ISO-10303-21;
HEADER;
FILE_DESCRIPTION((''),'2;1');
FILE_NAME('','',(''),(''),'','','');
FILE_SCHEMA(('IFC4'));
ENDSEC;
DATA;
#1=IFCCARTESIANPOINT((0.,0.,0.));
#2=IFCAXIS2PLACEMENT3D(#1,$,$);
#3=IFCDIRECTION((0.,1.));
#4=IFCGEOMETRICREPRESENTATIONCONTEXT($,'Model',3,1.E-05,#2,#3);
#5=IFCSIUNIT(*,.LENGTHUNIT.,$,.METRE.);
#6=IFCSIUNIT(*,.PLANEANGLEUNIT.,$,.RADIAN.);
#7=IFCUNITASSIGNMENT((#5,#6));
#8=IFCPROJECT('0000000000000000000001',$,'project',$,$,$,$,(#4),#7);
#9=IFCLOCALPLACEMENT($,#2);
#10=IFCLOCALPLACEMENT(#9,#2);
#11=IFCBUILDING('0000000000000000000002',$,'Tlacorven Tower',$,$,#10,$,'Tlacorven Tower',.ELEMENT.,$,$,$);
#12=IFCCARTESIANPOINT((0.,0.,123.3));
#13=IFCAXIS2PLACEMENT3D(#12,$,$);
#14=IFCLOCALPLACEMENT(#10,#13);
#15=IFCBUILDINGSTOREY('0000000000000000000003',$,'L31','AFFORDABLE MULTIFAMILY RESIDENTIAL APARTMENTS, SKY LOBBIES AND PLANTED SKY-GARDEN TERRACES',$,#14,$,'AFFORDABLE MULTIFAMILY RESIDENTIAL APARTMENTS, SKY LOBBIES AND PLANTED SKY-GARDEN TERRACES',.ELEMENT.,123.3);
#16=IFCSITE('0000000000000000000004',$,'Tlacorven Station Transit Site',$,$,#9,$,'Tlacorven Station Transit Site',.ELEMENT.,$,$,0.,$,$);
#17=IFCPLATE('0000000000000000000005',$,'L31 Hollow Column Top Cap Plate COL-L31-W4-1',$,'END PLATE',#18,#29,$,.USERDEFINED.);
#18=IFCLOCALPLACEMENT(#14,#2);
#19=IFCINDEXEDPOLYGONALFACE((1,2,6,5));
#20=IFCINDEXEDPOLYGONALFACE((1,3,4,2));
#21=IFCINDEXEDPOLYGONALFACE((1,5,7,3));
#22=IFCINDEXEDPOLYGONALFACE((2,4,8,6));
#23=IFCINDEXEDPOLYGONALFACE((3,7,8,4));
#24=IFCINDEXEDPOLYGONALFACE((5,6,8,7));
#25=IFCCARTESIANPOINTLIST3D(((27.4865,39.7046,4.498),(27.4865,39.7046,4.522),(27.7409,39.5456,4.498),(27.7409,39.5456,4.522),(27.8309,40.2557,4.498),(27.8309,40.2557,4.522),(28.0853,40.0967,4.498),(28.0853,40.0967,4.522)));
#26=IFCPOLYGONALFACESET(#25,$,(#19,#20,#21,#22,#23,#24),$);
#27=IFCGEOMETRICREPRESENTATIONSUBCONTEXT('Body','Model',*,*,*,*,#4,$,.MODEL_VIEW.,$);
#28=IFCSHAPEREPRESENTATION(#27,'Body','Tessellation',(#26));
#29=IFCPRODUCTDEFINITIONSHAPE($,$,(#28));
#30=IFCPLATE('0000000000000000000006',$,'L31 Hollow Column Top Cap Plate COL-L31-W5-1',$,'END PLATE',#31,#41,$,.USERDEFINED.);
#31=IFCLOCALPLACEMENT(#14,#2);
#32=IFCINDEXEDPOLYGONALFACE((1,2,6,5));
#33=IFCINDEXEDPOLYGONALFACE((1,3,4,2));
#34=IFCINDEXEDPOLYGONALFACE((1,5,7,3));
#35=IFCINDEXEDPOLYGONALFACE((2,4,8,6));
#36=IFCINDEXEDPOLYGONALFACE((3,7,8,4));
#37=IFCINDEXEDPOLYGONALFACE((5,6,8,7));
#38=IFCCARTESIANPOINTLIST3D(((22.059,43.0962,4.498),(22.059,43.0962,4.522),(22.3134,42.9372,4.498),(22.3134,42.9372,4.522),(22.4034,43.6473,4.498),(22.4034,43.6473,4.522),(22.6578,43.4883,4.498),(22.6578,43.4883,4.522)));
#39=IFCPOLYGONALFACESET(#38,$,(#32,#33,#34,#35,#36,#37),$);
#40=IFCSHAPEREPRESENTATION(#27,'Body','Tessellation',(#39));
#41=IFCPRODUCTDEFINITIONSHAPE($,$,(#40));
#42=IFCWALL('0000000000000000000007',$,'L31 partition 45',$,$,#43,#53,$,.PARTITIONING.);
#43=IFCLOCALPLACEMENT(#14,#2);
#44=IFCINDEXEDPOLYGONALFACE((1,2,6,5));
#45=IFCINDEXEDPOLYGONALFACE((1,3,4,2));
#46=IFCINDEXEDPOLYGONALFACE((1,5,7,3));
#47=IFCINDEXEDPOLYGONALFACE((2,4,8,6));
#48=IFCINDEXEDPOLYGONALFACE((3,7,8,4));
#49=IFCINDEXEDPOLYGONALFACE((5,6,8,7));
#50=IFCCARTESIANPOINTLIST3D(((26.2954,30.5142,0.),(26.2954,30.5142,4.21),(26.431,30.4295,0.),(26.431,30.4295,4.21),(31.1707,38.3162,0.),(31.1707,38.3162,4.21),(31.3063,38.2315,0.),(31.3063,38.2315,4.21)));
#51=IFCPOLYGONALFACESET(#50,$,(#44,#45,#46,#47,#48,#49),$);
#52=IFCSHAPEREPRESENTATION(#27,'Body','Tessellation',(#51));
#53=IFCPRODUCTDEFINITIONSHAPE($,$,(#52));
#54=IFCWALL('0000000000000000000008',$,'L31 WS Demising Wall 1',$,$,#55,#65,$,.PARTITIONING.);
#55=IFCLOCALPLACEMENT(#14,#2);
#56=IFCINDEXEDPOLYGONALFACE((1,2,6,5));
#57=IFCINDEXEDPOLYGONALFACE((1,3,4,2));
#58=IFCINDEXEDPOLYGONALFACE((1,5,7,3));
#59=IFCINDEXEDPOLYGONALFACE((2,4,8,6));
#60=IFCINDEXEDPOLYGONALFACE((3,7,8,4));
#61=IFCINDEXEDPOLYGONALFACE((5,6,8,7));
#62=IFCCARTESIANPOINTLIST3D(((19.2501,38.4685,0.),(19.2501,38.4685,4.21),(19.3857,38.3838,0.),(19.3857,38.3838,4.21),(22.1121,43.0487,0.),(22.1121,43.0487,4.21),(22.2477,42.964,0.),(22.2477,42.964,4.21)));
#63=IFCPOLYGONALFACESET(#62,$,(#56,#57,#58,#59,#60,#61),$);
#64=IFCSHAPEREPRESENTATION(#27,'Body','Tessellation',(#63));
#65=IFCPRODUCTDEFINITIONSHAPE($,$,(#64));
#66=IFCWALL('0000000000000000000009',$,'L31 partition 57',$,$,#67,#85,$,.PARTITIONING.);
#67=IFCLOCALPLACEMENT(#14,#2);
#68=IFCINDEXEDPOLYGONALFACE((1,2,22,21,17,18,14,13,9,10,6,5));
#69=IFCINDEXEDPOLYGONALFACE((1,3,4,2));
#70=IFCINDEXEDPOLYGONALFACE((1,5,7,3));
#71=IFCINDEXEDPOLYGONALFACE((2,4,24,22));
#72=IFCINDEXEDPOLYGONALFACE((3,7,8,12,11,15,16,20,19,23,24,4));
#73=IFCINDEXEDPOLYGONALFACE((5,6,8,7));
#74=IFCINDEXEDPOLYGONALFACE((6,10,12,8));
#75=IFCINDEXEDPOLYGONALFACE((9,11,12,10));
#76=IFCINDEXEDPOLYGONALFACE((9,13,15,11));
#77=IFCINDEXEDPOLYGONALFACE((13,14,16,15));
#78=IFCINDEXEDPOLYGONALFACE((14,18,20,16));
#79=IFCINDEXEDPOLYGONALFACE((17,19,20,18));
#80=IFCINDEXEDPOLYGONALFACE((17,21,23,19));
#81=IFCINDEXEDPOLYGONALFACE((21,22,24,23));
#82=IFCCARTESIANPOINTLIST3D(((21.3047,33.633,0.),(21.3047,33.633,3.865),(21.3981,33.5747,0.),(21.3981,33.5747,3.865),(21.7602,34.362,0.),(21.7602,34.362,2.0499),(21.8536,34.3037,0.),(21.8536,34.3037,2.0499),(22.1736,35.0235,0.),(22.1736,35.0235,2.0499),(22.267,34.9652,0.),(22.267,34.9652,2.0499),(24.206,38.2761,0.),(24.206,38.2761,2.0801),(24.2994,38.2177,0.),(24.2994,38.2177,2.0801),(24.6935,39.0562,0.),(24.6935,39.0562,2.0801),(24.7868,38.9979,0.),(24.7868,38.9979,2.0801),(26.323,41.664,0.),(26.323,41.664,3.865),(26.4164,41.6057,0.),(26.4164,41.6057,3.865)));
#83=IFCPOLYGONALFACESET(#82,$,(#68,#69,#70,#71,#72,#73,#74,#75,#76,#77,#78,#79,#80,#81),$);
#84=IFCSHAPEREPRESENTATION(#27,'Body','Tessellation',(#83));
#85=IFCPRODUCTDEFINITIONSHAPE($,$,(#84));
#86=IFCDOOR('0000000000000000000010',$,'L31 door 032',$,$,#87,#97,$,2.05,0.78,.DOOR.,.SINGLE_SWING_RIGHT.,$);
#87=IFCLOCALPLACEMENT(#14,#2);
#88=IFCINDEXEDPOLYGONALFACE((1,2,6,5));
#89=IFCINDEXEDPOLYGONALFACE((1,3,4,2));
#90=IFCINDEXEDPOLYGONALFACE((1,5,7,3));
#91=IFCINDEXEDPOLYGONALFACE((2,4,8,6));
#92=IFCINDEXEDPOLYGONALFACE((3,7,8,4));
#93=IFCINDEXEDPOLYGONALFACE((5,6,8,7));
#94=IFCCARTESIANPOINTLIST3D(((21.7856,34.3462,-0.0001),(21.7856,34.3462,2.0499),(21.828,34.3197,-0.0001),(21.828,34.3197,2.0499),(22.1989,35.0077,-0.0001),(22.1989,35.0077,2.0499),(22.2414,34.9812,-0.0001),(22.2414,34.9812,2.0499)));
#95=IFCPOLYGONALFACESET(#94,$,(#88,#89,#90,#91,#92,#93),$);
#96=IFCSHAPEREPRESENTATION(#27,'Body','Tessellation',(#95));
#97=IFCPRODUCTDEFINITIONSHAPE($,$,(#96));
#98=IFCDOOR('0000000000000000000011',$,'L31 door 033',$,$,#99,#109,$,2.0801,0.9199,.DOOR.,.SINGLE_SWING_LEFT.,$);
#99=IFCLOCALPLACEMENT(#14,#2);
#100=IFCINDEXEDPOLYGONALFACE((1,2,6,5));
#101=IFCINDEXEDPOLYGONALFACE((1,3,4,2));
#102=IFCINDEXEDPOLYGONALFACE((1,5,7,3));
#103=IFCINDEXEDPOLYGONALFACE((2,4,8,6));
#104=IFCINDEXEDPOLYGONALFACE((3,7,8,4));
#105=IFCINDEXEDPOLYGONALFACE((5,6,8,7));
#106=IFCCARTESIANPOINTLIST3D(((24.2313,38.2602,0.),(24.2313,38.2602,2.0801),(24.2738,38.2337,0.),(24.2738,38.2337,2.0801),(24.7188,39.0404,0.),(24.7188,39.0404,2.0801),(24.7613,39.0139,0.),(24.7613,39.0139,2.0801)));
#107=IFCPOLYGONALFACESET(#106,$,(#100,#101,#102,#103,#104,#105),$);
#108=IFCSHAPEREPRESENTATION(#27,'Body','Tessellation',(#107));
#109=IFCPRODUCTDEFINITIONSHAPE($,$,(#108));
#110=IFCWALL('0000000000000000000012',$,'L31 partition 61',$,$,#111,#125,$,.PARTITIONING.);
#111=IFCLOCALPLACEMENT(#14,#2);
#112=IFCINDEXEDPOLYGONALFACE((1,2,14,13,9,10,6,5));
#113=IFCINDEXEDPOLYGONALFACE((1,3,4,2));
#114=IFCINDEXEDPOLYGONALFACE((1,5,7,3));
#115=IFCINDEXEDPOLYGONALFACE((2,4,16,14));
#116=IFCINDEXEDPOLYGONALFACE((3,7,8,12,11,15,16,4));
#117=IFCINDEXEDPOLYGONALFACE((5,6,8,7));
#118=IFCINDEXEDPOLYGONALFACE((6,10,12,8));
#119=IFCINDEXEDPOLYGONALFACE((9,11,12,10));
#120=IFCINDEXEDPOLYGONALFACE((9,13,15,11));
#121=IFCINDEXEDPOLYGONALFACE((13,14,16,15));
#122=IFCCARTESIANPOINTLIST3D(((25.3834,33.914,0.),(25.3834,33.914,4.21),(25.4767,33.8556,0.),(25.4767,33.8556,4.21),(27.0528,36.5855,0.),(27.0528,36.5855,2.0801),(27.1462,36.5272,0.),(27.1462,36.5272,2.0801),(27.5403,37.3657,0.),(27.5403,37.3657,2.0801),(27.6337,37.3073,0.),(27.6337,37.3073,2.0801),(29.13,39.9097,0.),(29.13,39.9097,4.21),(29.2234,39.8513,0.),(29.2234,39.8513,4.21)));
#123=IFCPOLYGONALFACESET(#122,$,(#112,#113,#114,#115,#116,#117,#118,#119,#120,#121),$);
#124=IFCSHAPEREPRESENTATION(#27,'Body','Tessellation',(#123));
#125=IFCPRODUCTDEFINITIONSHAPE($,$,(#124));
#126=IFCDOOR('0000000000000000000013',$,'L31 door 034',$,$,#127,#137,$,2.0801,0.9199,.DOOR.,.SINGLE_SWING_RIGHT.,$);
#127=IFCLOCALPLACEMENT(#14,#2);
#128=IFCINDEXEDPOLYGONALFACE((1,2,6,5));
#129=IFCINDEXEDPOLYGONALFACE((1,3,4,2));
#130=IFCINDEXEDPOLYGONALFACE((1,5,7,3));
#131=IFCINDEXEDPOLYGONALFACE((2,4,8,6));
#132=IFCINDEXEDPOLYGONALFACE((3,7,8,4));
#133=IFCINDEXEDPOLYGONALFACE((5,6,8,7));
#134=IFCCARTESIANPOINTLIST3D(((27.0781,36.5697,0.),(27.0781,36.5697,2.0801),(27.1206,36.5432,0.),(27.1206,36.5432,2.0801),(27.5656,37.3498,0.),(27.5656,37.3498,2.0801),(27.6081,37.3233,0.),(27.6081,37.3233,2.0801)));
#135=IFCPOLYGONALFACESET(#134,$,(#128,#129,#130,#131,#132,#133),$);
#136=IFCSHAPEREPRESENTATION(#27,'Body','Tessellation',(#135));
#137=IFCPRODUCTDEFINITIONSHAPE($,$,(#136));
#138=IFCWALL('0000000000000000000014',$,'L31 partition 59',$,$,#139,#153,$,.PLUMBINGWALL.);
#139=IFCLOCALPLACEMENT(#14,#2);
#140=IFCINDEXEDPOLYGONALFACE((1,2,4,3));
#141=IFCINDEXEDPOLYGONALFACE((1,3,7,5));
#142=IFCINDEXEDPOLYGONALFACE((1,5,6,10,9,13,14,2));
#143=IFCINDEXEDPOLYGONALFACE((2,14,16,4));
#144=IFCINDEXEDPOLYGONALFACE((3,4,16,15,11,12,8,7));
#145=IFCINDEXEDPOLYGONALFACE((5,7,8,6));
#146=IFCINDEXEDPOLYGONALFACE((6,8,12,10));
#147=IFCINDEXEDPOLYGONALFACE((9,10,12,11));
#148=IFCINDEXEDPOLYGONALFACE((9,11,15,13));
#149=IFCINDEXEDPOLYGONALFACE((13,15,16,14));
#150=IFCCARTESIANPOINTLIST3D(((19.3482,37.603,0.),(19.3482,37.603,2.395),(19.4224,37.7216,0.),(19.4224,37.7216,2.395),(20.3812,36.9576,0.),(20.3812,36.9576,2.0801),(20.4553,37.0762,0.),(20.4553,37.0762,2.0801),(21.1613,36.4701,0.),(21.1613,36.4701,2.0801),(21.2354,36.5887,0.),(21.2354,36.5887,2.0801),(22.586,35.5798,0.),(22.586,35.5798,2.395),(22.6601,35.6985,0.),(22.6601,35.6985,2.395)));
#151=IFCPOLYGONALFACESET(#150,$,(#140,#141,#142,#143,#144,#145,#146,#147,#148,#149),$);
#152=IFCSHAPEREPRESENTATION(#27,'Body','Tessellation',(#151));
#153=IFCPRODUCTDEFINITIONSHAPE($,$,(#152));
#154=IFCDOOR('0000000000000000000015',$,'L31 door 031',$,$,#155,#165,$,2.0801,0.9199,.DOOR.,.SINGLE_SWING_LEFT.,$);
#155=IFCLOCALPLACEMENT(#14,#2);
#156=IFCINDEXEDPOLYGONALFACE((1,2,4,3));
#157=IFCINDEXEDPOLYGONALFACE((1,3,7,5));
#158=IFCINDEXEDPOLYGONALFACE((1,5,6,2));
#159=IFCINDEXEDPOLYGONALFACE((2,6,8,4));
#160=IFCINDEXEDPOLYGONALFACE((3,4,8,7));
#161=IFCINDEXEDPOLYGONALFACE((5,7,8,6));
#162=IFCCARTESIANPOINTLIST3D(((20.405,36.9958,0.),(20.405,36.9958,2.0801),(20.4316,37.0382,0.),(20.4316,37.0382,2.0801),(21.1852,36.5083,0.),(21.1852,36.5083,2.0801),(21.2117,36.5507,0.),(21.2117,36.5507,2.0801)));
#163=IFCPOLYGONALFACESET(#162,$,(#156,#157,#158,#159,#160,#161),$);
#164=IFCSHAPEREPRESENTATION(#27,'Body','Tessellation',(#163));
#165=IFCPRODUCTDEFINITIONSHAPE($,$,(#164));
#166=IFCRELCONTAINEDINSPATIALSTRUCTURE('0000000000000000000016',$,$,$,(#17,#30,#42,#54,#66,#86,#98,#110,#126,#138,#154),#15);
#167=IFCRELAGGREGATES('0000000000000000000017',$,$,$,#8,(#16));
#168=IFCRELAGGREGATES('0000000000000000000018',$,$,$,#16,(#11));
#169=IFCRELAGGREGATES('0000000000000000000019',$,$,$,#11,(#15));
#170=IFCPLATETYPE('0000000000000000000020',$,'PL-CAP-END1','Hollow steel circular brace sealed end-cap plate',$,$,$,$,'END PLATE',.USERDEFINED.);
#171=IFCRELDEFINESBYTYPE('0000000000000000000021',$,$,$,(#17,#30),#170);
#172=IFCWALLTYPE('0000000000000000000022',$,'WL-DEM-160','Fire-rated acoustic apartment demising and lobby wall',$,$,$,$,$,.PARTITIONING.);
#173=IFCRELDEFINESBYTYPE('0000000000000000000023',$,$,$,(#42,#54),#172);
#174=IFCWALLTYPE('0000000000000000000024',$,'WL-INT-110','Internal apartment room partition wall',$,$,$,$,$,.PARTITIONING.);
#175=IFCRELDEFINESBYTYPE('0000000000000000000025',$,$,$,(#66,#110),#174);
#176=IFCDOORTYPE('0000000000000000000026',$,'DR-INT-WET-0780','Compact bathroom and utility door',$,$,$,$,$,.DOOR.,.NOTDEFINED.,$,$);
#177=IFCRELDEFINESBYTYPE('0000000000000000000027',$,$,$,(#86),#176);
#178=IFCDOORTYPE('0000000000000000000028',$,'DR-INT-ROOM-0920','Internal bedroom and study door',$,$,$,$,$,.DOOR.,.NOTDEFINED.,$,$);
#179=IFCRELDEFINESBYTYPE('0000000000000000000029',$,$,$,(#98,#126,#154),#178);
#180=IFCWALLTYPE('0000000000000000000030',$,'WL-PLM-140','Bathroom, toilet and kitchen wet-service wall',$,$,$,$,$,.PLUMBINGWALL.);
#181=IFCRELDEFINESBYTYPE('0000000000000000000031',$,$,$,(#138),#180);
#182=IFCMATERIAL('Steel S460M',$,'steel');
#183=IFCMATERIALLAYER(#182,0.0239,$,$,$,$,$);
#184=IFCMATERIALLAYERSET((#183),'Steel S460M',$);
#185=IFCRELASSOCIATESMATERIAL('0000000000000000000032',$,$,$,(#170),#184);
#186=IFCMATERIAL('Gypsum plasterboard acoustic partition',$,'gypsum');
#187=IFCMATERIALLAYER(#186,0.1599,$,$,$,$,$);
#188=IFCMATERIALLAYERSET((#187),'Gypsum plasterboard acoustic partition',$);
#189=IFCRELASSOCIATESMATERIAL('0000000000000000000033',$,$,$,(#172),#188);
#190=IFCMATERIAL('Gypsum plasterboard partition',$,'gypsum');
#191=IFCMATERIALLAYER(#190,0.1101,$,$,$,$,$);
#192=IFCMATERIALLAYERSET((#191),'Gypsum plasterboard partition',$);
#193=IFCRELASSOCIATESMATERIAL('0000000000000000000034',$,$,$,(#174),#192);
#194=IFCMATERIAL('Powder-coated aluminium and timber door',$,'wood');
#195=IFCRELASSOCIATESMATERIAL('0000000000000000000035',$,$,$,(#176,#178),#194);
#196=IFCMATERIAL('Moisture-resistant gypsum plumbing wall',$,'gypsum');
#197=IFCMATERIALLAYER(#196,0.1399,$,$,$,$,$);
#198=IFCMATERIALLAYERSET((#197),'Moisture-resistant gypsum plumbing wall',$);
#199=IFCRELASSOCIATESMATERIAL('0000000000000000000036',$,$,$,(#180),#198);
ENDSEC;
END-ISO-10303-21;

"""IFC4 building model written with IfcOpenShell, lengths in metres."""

from ifc_helpers import new_model, si_unit, direction, frame, frame_2d, origin, origin_2d, place, context, subcontext, project, spatial, rectangle, extrude, source, transform, mapped, material, layer, layer_set, type_object, element, fill, save


model = new_model("IFC4")

# Units and contexts
model_context = context("Model", 3, precision=1e-05, world=origin(), true_north=direction((0.0, 1.0)))
body_context = subcontext(model_context, "Body", "Model", "MODEL_VIEW")
ifc_project = project(units=[si_unit("LENGTHUNIT", "METRE"), si_unit("PLANEANGLEUNIT", "RADIAN")], contexts=[model_context])

# Site, building, storey
site_placement = place(None, origin())
site = spatial("IfcSite", under=ifc_project, at=site_placement, Name="Tlacorven Station Transit Site", LongName="Tlacorven Station Transit Site", CompositionType="ELEMENT", RefElevation=0.0)
building_placement = place(site_placement, origin())
building = spatial("IfcBuilding", under=site, at=building_placement, Name="Tlacorven Tower", LongName="Tlacorven Tower", CompositionType="ELEMENT")
storey_placement = place(building_placement, frame((0.0, 0.0, 123.3)))
storey = spatial("IfcBuildingStorey", under=building, at=storey_placement, Name="L31", Description="AFFORDABLE MULTIFAMILY RESIDENTIAL APARTMENTS, SKY LOBBIES AND PLANTED SKY-GARDEN TERRACES", LongName="AFFORDABLE MULTIFAMILY RESIDENTIAL APARTMENTS, SKY LOBBIES AND PLANTED SKY-GARDEN TERRACES", CompositionType="ELEMENT", Elevation=123.3)

# Shared definitions
ifc_material_1 = material(Name="Steel S460M", Category="steel")

# Plates
ifc_layer_1 = layer(ifc_material_1, 0.0239)
ifc_layer_set_1 = layer_set([ifc_layer_1], Name="Steel S460M")
plate_type = type_object("IfcPlateType", Name="PL-CAP-END1", Description="Hollow steel circular brace sealed end-cap plate", ElementType="END PLATE", PredefinedType="USERDEFINED", material=ifc_layer_set_1)
shared_shape_1 = source(origin(), body_context, "Body", "SweptSolid", [
    extrude(rectangle(XDim=0.3, YDim=0.6499, at=origin_2d()), origin(), (0.0, 0.0, 1.0), 0.0239),
])
for number, where, z_axis, x_axis, name in (
    (1, (27.7859, 39.9006, 4.498), (0.0, 0.0, 1.0), (-0.848048, 0.529919, 0.0), "L31 Hollow Column Top Cap Plate COL-L31-W4-1"),
    (2, (22.3584, 43.2922, 4.498), (0.0, 0.0, 1.0), (-0.848048, 0.529919, 0.0), "L31 Hollow Column Top Cap Plate COL-L31-W5-1"),
):
    element("IfcPlate", number, at=place(storey_placement, frame(where, z_axis=z_axis, x_axis=x_axis)), inside=storey, type_object=plate_type, Name=name, ObjectType="END PLATE", PredefinedType="USERDEFINED", context=body_context, shape_type="MappedRepresentation", body=[
        mapped(shared_shape_1, transform((0.0, 0.0, 0.0), scale=1.0)),
    ])

# Walls
ifc_material_2 = material(Name="Gypsum plasterboard acoustic partition", Category="gypsum")
ifc_layer_2 = layer(ifc_material_2, 0.1599)
ifc_layer_set_2 = layer_set([ifc_layer_2], Name="Gypsum plasterboard acoustic partition")
wall_type_1 = type_object("IfcWallType", Name="WL-DEM-160", Description="Fire-rated acoustic apartment demising and lobby wall", PredefinedType="PARTITIONING", material=ifc_layer_set_2)
wall_1_placement = place(storey_placement, frame((31.2385, 38.2739, 0.0), z_axis=(0.0, 0.0, 1.0), x_axis=(-0.52992, -0.848047, 0.0)))
element("IfcWall", 3, at=wall_1_placement, inside=storey, type_object=wall_type_1, Name="L31 partition 45", PredefinedType="PARTITIONING", context=body_context, shape_type="SweptSolid", body=[
    extrude(rectangle(XDim=9.2, YDim=0.1599, at=frame_2d((4.6001, 0.0))), origin(), (0.0, 0.0, 1.0), 4.21),
])
wall_2_placement = place(storey_placement, frame((22.1799, 43.0063, 0.0), z_axis=(0.0, 0.0, 1.0), x_axis=(-0.529914, -0.848052, 0.0)))
element("IfcWall", 4, at=wall_2_placement, inside=storey, type_object=wall_type_1, Name="L31 WS Demising Wall 1", PredefinedType="PARTITIONING", context=body_context, shape_type="SweptSolid", body=[
    extrude(rectangle(XDim=5.4009, YDim=0.1599, at=frame_2d((2.7004, 0.0))), origin(), (0.0, 0.0, 1.0), 4.21),
])

# Wall, openings, doors
ifc_material_3 = material(Name="Gypsum plasterboard partition", Category="gypsum")
ifc_layer_3 = layer(ifc_material_3, 0.1101)
ifc_layer_set_3 = layer_set([ifc_layer_3], Name="Gypsum plasterboard partition")
wall_type_2 = type_object("IfcWallType", Name="WL-INT-110", Description="Internal apartment room partition wall", PredefinedType="PARTITIONING", material=ifc_layer_set_3)
wall_3_placement = place(storey_placement, frame((26.3696, 41.6348, 0.0), z_axis=(0.0, 0.0, 1.0), x_axis=(-0.529918, -0.848049, 0.0)))
wall_3 = element("IfcWall", 5, at=wall_3_placement, inside=storey, type_object=wall_type_2, Name="L31 partition 57", PredefinedType="PARTITIONING", context=body_context, shape_type="SweptSolid", body=[
    extrude(rectangle(XDim=9.47, YDim=0.1101, at=frame_2d((4.7349, 0.0))), origin(), (0.0, 0.0, 1.0), 3.865),
])
opening_1_placement = place(wall_3_placement, frame((7.8301, 0.0, 0.0)))
opening_1 = element("IfcOpeningElement", 6, at=opening_1_placement, cuts=wall_3, PredefinedType="OPENING", context=body_context, shape_type="SweptSolid", body=[
    extrude(rectangle(XDim=0.78, YDim=2.05, at=frame_2d((0.3901, 1.0249))), frame((0.0, 0.0649, 0.0), z_axis=(0.0, -1.0, 0.0), x_axis=(1.0, 0.0, 0.0)), (0.0, 0.0, 1.0), 0.1301),
])
opening_2_placement = place(wall_3_placement, frame((3.075, 0.0, 0.0)))
opening_2 = element("IfcOpeningElement", 7, at=opening_2_placement, cuts=wall_3, PredefinedType="OPENING", context=body_context, shape_type="SweptSolid", body=[
    extrude(rectangle(XDim=0.9199, YDim=2.0801, at=frame_2d((0.46, 1.04))), frame((0.0, 0.0649, 0.0), z_axis=(0.0, -1.0, 0.0), x_axis=(1.0, 0.0, 0.0)), (0.0, 0.0, 1.0), 0.1301),
])
ifc_material_4 = material(Name="Powder-coated aluminium and timber door", Category="wood")
door_type_1 = type_object("IfcDoorType", Name="DR-INT-WET-0780", Description="Compact bathroom and utility door", OperationType="NOTDEFINED", PredefinedType="DOOR", material=ifc_material_4)
shared_shape_2 = source(origin(), body_context, "Body", "SweptSolid", [
    extrude(rectangle(XDim=0.78, YDim=2.05, at=frame_2d((0.3901, 1.0249))), frame((0.0, 0.0249, 0.0), z_axis=(0.0, -1.0, 0.0), x_axis=(1.0, 0.0, 0.0)), (0.0, 0.0, 1.0), 0.05),
])
door_1_placement = place(opening_1_placement, origin())
door_1 = element("IfcDoor", 8, at=door_1_placement, inside=storey, type_object=door_type_1, Name="L31 door 032", OperationType="SINGLE_SWING_RIGHT", OverallHeight=2.05, OverallWidth=0.78, PredefinedType="DOOR", context=body_context, shape_type="MappedRepresentation", body=[
    mapped(shared_shape_2, transform((0.0, 0.0, 0.0), scale=1.0)),
])
fill(opening_1, door_1)
door_type_2 = type_object("IfcDoorType", Name="DR-INT-ROOM-0920", Description="Internal bedroom and study door", OperationType="NOTDEFINED", PredefinedType="DOOR", material=ifc_material_4)
shared_shape_3 = source(origin(), body_context, "Body", "SweptSolid", [
    extrude(rectangle(XDim=0.9199, YDim=2.0801, at=frame_2d((0.46, 1.04))), frame((0.0, 0.0249, 0.0), z_axis=(0.0, -1.0, 0.0), x_axis=(1.0, 0.0, 0.0)), (0.0, 0.0, 1.0), 0.05),
])
door_2_placement = place(opening_2_placement, origin())
door_2 = element("IfcDoor", 9, at=door_2_placement, inside=storey, type_object=door_type_2, Name="L31 door 033", OperationType="SINGLE_SWING_LEFT", OverallHeight=2.0801, OverallWidth=0.9199, PredefinedType="DOOR", context=body_context, shape_type="MappedRepresentation", body=[
    mapped(shared_shape_3, transform((0.0, 0.0, 0.0), scale=1.0)),
])
fill(opening_2, door_2)

# Walls, openings, doors
wall_4_placement = place(storey_placement, frame((29.1768, 39.8806, 0.0), z_axis=(0.0, 0.0, 1.0), x_axis=(-0.529931, -0.848041, 0.0)))
wall_4 = element("IfcWall", 10, at=wall_4_placement, inside=storey, type_object=wall_type_2, Name="L31 partition 61", PredefinedType="PARTITIONING", context=body_context, shape_type="SweptSolid", body=[
    extrude(rectangle(XDim=7.0701, YDim=0.1101, at=frame_2d((3.5352, 0.0))), origin(), (0.0, 0.0, 1.0), 4.21),
])
opening_3_placement = place(wall_4_placement, frame((3.0, 0.0, 0.0)))
opening_3 = element("IfcOpeningElement", 11, at=opening_3_placement, cuts=wall_4, PredefinedType="OPENING", context=body_context, shape_type="SweptSolid", body=[
    extrude(rectangle(XDim=0.9199, YDim=2.0801, at=frame_2d((0.46, 1.04))), frame((0.0, 0.0649, 0.0), z_axis=(0.0, -1.0, 0.0), x_axis=(1.0, 0.0, 0.0)), (0.0, 0.0, 1.0), 0.1301),
])
door_3_placement = place(opening_3_placement, origin())
door_3 = element("IfcDoor", 12, at=door_3_placement, inside=storey, type_object=door_type_2, Name="L31 door 034", OperationType="SINGLE_SWING_RIGHT", OverallHeight=2.0801, OverallWidth=0.9199, PredefinedType="DOOR", context=body_context, shape_type="MappedRepresentation", body=[
    mapped(shared_shape_3, transform((0.0, 0.0, 0.0), scale=1.0)),
])
fill(opening_3, door_3)
ifc_material_5 = material(Name="Moisture-resistant gypsum plumbing wall", Category="gypsum")
ifc_layer_4 = layer(ifc_material_5, 0.1399)
ifc_layer_set_4 = layer_set([ifc_layer_4], Name="Moisture-resistant gypsum plumbing wall")
wall_type_3 = type_object("IfcWallType", Name="WL-PLM-140", Description="Bathroom, toilet and kitchen wet-service wall", PredefinedType="PLUMBINGWALL", material=ifc_layer_set_4)
wall_5_placement = place(storey_placement, frame((22.623, 35.6392, 0.0), z_axis=(0.0, 0.0, 1.0), x_axis=(-0.848049, 0.529918, 0.0)))
wall_5 = element("IfcWall", 13, at=wall_5_placement, inside=storey, type_object=wall_type_3, Name="L31 partition 59", PredefinedType="PLUMBINGWALL", context=body_context, shape_type="SweptSolid", body=[
    extrude(rectangle(XDim=3.8179, YDim=0.1399, at=frame_2d((1.9089, 0.0))), origin(), (0.0, 0.0, 1.0), 2.395),
])
opening_4_placement = place(wall_5_placement, frame((1.6799, 0.0, 0.0)))
opening_4 = element("IfcOpeningElement", 14, at=opening_4_placement, cuts=wall_5, PredefinedType="OPENING", context=body_context, shape_type="SweptSolid", body=[
    extrude(rectangle(XDim=0.9199, YDim=2.0801, at=frame_2d((0.46, 1.04))), frame((0.0, 0.0801, 0.0), z_axis=(0.0, -1.0, 0.0), x_axis=(1.0, 0.0, 0.0)), (0.0, 0.0, 1.0), 0.1599),
])
door_4_placement = place(opening_4_placement, origin())
door_4 = element("IfcDoor", 15, at=door_4_placement, inside=storey, type_object=door_type_2, Name="L31 door 031", OperationType="SINGLE_SWING_LEFT", OverallHeight=2.0801, OverallWidth=0.9199, PredefinedType="DOOR", context=body_context, shape_type="MappedRepresentation", body=[
    mapped(shared_shape_3, transform((0.0, 0.0, 0.0), scale=1.0)),
])
fill(opening_4, door_4)

save(model, "model.ifc")
